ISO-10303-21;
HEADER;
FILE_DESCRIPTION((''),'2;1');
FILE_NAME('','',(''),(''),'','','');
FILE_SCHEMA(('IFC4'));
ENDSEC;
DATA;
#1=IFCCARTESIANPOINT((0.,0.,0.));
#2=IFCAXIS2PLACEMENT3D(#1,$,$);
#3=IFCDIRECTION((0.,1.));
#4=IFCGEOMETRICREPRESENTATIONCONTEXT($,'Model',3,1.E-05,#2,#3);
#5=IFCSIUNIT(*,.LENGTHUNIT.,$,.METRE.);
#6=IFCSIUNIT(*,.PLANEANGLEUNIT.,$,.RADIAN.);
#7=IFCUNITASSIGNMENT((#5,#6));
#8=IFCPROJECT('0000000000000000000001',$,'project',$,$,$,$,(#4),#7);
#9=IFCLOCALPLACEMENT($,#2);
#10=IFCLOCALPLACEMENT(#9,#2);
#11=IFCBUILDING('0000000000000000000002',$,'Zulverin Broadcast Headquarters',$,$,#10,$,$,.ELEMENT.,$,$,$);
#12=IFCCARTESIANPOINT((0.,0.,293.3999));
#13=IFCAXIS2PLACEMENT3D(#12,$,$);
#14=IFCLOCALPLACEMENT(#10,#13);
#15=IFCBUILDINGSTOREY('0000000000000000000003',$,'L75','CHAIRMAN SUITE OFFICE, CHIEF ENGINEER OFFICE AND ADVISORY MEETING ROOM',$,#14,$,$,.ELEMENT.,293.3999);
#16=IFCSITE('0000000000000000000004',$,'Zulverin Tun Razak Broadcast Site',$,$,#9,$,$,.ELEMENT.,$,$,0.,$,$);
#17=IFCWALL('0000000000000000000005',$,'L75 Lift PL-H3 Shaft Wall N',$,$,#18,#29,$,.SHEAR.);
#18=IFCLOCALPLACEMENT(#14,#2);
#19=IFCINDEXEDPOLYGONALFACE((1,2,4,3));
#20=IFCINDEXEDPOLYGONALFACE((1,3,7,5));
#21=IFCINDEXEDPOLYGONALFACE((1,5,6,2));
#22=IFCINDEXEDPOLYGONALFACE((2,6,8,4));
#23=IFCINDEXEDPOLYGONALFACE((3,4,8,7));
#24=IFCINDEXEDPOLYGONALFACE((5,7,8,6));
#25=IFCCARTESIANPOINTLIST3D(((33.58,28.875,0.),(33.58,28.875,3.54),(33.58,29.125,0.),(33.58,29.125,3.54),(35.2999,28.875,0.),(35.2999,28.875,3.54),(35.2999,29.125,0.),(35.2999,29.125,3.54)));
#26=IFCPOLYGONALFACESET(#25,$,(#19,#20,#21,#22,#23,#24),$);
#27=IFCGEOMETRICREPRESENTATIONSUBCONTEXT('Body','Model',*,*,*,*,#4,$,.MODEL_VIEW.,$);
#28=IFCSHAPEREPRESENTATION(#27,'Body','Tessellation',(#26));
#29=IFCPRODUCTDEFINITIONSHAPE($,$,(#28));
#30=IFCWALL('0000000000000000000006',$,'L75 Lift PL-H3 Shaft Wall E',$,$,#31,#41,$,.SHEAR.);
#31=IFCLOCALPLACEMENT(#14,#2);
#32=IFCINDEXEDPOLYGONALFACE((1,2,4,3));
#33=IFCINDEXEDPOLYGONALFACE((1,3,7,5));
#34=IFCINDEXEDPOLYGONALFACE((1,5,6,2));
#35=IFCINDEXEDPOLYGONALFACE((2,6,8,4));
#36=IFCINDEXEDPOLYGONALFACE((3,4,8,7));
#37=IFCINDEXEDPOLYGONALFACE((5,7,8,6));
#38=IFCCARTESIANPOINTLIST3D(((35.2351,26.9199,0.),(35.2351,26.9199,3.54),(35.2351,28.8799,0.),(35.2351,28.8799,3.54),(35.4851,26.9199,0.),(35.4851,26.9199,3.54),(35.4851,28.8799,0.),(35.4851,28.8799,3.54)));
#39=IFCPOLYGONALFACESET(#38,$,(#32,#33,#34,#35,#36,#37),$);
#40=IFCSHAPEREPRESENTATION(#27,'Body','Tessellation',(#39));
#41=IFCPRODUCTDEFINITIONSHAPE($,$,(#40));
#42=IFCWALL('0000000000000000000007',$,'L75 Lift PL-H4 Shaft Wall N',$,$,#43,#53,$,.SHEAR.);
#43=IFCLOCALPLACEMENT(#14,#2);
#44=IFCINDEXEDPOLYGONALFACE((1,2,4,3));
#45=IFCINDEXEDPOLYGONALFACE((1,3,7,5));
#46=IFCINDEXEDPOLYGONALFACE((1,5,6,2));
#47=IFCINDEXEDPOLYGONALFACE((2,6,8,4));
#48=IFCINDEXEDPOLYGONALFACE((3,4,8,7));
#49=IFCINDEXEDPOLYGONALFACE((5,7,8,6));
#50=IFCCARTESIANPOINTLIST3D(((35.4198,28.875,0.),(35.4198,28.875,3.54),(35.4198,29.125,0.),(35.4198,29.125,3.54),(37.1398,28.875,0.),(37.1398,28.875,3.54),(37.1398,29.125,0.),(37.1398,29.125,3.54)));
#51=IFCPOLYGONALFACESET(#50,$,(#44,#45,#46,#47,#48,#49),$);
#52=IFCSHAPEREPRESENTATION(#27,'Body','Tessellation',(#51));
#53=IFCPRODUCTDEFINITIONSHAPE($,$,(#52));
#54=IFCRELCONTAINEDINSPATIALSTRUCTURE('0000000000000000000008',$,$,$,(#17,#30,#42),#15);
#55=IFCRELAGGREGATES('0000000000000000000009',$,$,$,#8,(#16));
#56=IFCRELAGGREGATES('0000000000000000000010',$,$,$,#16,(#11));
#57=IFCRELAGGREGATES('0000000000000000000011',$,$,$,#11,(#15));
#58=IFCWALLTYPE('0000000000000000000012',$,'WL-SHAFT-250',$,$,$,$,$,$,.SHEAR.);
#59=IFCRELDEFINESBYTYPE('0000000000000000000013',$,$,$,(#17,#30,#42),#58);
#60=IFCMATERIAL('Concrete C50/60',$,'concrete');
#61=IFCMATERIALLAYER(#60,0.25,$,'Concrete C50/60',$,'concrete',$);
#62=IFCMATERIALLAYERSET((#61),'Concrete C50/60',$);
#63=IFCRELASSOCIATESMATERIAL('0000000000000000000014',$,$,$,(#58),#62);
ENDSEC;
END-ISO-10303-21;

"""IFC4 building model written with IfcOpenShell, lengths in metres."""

from ifc_helpers import new_model, si_unit, direction, frame, frame_2d, origin, place, context, subcontext, project, spatial, rectangle, extrude, material, layer, layer_set, type_object, element, save


model = new_model("IFC4")

# Units and contexts
model_context = context("Model", 3, precision=1e-05, world=origin(), true_north=direction((0.0, 1.0)))
body_context = subcontext(model_context, "Body", "Model", "MODEL_VIEW")
ifc_project = project(units=[si_unit("LENGTHUNIT", "METRE"), si_unit("PLANEANGLEUNIT", "RADIAN")], contexts=[model_context])

# Site, building, storey
site_placement = place(None, origin())
site = spatial("IfcSite", under=ifc_project, at=site_placement, Name="Zulverin Tun Razak Broadcast Site", CompositionType="ELEMENT", RefElevation=0.0)
building_placement = place(site_placement, origin())
building = spatial("IfcBuilding", under=site, at=building_placement, Name="Zulverin Broadcast Headquarters", CompositionType="ELEMENT")
storey_placement = place(building_placement, frame((0.0, 0.0, 293.3999)))
storey = spatial("IfcBuildingStorey", under=building, at=storey_placement, Name="L75", Description="CHAIRMAN SUITE OFFICE, CHIEF ENGINEER OFFICE AND ADVISORY MEETING ROOM", CompositionType="ELEMENT", Elevation=293.3999)

# Shared definitions
ifc_material_1 = material(Name="Concrete C50/60", Category="concrete")
ifc_layer_1 = layer(ifc_material_1, 0.25, Name="Concrete C50/60", Category="concrete")
ifc_layer_set_1 = layer_set([ifc_layer_1], Name="Concrete C50/60")
wall_type_1 = type_object("IfcWallType", Name="WL-SHAFT-250", PredefinedType="SHEAR", material=ifc_layer_set_1)

# Walls
wall_1_placement = place(storey_placement, frame((33.5801, 29.0, 0.0), z_axis=(0.0, 0.0, 1.0), x_axis=(1.0, 0.0, 0.0)))
element("IfcWall", 1, at=wall_1_placement, inside=storey, type_object=wall_type_1, Name="L75 Lift PL-H3 Shaft Wall N", PredefinedType="SHEAR", context=body_context, shape_type="SweptSolid", body=[
    extrude(rectangle(XDim=1.72, YDim=0.25, at=frame_2d((0.8599, 0.0))), origin(), (0.0, 0.0, 1.0), 3.54),
])
wall_2_placement = place(storey_placement, frame((35.3601, 26.9199, 0.0), z_axis=(0.0, 0.0, 1.0), x_axis=(0.0, 1.0, 0.0)))
element("IfcWall", 2, at=wall_2_placement, inside=storey, type_object=wall_type_1, Name="L75 Lift PL-H3 Shaft Wall E", PredefinedType="SHEAR", context=body_context, shape_type="SweptSolid", body=[
    extrude(rectangle(XDim=1.96, YDim=0.25, at=frame_2d((0.98, 0.0))), origin(), (0.0, 0.0, 1.0), 3.54),
])

# Wall
wall_3_placement = place(storey_placement, frame((35.4199, 29.0, 0.0), z_axis=(0.0, 0.0, 1.0), x_axis=(1.0, 0.0, 0.0)))
element("IfcWall", 3, at=wall_3_placement, inside=storey, type_object=wall_type_1, Name="L75 Lift PL-H4 Shaft Wall N", PredefinedType="SHEAR", context=body_context, shape_type="SweptSolid", body=[
    extrude(rectangle(XDim=1.72, YDim=0.25, at=frame_2d((0.8599, 0.0))), origin(), (0.0, 0.0, 1.0), 3.54),
])

save(model, "model.ifc")
